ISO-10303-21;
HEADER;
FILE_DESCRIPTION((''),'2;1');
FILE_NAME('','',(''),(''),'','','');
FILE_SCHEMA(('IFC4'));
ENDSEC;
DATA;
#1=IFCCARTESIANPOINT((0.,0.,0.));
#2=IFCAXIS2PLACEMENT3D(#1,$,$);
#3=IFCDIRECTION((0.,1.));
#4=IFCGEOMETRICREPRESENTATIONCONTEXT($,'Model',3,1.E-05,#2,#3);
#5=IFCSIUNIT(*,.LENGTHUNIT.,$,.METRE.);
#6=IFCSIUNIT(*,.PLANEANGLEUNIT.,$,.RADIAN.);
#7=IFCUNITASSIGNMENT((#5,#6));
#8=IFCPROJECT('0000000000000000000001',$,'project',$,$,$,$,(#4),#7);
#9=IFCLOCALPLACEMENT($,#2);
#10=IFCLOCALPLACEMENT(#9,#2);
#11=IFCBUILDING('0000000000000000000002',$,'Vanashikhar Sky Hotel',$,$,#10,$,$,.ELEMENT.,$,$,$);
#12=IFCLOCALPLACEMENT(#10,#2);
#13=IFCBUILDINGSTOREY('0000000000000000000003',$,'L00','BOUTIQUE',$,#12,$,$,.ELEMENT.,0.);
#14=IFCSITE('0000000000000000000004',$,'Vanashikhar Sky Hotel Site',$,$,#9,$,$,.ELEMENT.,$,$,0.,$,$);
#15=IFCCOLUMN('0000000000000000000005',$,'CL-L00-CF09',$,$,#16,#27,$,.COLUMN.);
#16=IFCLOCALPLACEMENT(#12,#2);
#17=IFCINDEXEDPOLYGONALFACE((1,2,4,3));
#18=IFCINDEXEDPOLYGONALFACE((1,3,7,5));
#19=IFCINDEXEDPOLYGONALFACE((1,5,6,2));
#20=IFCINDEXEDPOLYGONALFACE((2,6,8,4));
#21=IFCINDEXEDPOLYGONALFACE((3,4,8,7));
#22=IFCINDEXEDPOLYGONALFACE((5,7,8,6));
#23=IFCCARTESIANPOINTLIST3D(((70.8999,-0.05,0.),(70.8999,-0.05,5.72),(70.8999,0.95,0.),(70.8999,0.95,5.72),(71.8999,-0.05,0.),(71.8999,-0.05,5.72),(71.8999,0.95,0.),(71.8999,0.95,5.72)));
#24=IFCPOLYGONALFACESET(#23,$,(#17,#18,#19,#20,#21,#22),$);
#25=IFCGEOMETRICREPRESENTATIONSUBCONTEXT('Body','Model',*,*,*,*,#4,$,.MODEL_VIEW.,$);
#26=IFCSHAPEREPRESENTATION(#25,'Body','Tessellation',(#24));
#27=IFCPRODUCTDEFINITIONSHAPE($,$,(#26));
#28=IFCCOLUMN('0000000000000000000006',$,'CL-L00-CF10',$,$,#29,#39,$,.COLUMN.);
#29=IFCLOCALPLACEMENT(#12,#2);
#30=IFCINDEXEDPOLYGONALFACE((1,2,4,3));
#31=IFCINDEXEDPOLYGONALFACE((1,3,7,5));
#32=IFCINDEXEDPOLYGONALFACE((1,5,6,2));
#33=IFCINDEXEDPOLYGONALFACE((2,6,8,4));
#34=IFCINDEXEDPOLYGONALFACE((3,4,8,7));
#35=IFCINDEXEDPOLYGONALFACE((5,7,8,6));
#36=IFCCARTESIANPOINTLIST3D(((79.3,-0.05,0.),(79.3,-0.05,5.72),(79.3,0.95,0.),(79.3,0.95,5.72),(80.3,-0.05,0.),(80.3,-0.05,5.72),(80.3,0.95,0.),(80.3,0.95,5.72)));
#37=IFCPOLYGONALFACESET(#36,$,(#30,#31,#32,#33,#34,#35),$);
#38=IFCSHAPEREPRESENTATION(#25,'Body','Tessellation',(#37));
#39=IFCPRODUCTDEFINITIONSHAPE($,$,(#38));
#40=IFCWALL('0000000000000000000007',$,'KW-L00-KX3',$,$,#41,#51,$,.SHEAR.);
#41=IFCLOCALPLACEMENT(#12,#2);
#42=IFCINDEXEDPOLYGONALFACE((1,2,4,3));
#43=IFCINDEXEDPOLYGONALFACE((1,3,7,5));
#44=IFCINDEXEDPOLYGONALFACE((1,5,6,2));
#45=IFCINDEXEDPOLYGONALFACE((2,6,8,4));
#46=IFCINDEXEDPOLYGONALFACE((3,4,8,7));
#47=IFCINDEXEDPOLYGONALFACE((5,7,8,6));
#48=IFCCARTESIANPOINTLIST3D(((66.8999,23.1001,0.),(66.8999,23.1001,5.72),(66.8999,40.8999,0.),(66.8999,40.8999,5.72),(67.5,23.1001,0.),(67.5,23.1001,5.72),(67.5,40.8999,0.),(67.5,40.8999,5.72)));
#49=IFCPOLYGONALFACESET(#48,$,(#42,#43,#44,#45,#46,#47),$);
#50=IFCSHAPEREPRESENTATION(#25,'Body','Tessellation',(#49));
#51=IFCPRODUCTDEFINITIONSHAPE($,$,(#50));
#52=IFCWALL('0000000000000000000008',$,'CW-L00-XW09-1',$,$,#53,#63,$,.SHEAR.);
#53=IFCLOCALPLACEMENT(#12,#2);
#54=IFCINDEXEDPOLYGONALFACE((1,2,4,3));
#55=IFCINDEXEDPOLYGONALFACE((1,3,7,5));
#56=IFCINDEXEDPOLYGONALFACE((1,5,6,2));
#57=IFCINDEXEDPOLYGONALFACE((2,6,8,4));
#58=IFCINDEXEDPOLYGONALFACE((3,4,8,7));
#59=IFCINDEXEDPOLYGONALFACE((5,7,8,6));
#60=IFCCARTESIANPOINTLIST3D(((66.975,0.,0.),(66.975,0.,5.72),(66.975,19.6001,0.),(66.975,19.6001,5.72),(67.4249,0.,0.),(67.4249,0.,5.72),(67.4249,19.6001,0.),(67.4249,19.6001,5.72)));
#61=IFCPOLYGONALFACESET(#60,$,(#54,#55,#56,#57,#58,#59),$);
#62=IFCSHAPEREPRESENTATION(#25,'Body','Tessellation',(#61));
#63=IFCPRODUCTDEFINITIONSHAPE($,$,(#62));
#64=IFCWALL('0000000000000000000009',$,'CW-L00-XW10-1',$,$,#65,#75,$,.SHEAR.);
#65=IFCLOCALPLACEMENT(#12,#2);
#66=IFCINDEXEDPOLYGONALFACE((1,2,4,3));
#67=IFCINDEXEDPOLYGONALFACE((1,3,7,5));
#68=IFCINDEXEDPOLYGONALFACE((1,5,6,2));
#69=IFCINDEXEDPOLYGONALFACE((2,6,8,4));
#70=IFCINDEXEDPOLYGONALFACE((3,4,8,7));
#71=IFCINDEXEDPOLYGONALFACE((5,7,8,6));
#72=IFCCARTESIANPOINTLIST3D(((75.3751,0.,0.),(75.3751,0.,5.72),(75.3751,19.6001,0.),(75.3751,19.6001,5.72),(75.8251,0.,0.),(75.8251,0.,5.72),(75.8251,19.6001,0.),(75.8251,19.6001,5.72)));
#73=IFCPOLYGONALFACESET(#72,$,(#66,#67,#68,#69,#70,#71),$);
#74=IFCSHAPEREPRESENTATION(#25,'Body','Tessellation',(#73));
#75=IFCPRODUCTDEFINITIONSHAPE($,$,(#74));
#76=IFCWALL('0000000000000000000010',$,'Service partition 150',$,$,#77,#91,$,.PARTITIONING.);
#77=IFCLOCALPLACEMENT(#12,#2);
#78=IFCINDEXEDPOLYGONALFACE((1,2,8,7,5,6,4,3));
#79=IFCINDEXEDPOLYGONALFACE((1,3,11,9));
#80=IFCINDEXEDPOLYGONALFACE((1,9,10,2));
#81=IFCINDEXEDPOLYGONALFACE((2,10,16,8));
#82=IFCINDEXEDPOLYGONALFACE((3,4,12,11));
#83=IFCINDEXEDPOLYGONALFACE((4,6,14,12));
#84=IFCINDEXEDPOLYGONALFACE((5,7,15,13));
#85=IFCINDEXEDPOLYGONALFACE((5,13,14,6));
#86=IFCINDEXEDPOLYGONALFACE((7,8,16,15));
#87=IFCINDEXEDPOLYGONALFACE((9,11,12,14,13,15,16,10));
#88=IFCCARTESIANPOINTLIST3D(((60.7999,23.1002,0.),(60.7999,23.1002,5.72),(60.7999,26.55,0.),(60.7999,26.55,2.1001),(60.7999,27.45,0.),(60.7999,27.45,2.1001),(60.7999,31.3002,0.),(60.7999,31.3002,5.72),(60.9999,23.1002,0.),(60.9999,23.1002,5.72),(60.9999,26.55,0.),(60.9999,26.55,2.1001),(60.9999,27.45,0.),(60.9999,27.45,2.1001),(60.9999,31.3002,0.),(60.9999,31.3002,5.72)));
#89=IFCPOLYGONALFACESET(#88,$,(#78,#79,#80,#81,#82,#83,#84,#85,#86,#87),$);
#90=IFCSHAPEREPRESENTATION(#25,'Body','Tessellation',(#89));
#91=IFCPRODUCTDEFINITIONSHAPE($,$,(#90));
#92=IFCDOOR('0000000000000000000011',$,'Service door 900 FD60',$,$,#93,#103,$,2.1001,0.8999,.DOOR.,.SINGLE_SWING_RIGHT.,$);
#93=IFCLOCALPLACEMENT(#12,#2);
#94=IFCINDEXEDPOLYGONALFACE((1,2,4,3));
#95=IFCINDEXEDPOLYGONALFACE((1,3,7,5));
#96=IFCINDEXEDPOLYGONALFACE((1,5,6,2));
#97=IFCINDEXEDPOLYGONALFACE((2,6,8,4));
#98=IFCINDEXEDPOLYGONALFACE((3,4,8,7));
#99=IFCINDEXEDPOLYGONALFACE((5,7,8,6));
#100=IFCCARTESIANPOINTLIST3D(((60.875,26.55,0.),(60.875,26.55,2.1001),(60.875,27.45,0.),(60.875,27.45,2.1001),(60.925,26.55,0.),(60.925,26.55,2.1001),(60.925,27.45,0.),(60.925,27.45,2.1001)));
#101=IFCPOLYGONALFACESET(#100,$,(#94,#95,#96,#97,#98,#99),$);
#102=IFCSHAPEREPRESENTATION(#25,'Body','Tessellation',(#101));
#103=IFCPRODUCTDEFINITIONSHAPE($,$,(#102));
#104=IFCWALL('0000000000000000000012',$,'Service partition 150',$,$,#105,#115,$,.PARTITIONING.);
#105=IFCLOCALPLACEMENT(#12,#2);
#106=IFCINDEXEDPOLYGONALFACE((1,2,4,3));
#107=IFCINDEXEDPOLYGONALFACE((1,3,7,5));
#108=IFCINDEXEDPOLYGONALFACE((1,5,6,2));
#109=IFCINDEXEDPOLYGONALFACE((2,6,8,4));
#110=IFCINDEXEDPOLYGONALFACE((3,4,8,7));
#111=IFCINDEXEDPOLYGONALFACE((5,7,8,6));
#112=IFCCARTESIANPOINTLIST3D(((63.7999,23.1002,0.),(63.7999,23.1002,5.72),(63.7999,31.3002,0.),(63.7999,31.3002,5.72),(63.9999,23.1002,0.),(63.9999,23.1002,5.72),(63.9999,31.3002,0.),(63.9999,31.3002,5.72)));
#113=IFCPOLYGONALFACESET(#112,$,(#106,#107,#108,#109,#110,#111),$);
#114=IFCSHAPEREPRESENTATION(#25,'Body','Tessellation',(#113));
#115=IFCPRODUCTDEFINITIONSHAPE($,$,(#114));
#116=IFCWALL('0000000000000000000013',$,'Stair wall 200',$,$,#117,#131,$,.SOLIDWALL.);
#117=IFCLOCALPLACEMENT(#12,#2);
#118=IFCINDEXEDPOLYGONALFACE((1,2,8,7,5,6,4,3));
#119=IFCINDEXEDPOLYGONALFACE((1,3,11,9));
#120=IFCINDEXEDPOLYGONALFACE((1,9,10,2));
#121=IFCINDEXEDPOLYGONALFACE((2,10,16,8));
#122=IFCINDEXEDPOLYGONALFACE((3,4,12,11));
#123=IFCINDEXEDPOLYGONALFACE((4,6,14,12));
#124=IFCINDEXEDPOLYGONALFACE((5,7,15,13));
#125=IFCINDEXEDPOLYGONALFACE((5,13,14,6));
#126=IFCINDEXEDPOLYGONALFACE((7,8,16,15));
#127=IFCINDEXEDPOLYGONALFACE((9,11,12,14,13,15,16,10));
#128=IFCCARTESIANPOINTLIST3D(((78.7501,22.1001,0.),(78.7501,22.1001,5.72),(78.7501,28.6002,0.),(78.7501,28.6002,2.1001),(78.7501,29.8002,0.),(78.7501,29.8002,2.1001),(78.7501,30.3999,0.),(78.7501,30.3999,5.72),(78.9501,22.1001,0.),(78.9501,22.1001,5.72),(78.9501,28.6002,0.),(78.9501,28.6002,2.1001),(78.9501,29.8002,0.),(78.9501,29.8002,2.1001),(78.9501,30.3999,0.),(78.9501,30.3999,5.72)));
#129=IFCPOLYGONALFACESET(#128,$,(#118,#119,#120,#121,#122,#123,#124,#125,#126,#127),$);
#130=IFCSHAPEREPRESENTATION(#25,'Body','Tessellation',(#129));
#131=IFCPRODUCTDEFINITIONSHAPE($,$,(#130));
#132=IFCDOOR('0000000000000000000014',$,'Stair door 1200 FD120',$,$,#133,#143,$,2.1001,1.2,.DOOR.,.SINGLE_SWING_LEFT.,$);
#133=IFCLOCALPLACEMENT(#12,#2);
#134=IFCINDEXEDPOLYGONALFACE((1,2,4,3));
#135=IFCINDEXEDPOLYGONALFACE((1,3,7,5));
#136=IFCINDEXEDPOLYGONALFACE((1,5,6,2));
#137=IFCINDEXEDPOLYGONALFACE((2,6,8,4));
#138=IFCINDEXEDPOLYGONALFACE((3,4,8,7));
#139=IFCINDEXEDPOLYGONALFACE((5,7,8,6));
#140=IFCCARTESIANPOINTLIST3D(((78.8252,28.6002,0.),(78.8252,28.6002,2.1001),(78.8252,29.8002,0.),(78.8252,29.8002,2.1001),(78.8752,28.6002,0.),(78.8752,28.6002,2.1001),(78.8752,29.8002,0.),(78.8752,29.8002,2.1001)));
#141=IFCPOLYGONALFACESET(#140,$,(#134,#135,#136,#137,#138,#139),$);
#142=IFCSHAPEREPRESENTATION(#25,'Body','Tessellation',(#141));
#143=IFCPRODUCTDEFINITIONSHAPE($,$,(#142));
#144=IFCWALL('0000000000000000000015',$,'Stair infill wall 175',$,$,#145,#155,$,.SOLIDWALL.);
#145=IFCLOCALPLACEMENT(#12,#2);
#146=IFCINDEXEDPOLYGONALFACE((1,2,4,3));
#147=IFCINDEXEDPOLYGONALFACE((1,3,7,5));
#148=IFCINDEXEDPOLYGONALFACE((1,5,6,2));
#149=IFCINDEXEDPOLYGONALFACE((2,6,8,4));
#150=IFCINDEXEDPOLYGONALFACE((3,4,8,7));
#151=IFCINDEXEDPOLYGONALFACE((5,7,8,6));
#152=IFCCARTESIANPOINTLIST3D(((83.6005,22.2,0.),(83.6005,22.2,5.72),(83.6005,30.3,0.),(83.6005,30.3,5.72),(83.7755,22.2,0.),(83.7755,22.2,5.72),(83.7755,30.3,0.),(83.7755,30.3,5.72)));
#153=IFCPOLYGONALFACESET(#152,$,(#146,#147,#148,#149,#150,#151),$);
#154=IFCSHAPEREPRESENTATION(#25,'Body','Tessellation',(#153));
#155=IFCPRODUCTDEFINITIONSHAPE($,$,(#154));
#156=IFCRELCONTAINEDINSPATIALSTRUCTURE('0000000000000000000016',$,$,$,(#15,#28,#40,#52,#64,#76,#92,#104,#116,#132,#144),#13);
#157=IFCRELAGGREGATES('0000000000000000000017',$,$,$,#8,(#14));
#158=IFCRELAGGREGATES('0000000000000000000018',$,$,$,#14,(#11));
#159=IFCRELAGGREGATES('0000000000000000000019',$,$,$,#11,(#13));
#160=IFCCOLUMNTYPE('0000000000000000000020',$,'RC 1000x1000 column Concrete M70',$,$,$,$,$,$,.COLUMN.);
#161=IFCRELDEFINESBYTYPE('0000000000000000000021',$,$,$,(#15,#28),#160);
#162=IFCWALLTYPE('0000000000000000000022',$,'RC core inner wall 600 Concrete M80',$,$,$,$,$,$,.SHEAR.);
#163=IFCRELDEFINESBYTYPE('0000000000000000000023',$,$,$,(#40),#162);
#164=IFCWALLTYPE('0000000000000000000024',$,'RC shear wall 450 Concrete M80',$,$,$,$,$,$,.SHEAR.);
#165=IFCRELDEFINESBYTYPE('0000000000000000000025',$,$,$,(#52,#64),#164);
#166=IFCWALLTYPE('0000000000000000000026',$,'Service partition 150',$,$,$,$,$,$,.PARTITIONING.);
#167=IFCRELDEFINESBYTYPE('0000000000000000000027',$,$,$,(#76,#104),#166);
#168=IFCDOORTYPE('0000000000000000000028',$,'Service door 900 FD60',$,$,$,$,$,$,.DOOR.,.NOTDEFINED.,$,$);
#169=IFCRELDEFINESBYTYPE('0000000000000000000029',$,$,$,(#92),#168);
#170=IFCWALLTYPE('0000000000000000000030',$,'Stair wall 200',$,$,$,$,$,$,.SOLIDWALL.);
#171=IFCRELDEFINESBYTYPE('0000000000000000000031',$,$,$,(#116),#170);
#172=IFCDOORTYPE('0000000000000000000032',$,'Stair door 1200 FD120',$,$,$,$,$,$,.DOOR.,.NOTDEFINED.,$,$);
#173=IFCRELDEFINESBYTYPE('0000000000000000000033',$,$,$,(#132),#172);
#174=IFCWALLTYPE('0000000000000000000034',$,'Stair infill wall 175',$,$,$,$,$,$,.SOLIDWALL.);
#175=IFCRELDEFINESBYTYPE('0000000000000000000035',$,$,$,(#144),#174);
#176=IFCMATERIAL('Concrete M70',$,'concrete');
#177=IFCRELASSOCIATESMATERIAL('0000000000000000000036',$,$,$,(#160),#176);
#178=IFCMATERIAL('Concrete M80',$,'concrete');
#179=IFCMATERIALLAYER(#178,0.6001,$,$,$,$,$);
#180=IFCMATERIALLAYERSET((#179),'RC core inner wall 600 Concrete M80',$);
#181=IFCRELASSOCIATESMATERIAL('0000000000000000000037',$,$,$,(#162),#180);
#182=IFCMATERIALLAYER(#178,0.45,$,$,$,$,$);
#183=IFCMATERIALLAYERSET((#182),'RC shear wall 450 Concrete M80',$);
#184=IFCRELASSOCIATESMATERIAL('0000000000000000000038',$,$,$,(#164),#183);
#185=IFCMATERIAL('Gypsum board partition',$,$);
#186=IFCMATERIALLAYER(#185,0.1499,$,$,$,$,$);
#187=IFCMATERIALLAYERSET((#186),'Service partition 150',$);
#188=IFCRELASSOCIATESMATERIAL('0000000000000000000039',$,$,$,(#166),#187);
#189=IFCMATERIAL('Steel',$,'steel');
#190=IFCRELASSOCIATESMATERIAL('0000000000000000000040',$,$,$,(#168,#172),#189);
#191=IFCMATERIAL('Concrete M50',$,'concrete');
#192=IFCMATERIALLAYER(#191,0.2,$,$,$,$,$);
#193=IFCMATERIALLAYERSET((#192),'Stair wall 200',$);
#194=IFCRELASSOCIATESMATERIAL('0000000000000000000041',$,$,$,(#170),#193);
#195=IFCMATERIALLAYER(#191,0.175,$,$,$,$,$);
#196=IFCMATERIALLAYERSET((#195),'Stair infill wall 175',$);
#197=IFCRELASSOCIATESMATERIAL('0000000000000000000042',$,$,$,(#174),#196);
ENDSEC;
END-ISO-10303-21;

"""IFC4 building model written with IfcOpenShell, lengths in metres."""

from ifc_helpers import new_model, si_unit, direction, frame, frame_2d, origin, origin_2d, place, context, subcontext, project, spatial, rectangle, extrude, source, transform, mapped, material, layer, layer_set, material_profile, profile_set, type_object, element, fill, save


model = new_model("IFC4")

# Units and contexts
model_context = context("Model", 3, precision=1e-05, world=origin(), true_north=direction((0.0, 1.0)))
body_context = subcontext(model_context, "Body", "Model", "MODEL_VIEW")
ifc_project = project(units=[si_unit("LENGTHUNIT", "METRE"), si_unit("PLANEANGLEUNIT", "RADIAN")], contexts=[model_context])

# Site, building, storey
site_placement = place(None, origin())
site = spatial("IfcSite", under=ifc_project, at=site_placement, Name="Vanashikhar Sky Hotel Site", CompositionType="ELEMENT", RefElevation=0.0)
building_placement = place(site_placement, origin())
building = spatial("IfcBuilding", under=site, at=building_placement, Name="Vanashikhar Sky Hotel", CompositionType="ELEMENT")
storey_placement = place(building_placement, origin())
storey = spatial("IfcBuildingStorey", under=building, at=storey_placement, Name="L00", Description="BOUTIQUE", CompositionType="ELEMENT", Elevation=0.0)

# Columns
ifc_material_1 = material(Name="Concrete M70", Category="concrete")
ifc_material_profile = material_profile(ifc_material_1, rectangle(XDim=1.0, YDim=1.0, at=origin_2d()))
ifc_profile_set = profile_set([ifc_material_profile], Name="RC 1000x1000 column Concrete M70")
column_type = type_object("IfcColumnType", Name="RC 1000x1000 column Concrete M70", PredefinedType="COLUMN", material=ifc_profile_set)
shared_shape_1 = source(origin(), body_context, "Body", "SweptSolid", [
    extrude(rectangle(XDim=1.0, YDim=1.0, at=origin_2d()), origin(), (0.0, 0.0, 1.0), 5.72),
])
for number, where, z_axis, x_axis, name in (
    (1, (71.3999, 0.45, 0.0), (0.0, 0.0, 1.0), (1.0, 0.0, 0.0), "CL-L00-CF09"),
    (2, (79.8, 0.45, 0.0), (0.0, 0.0, 1.0), (1.0, 0.0, 0.0), "CL-L00-CF10"),
):
    element("IfcColumn", number, at=place(storey_placement, frame(where, z_axis=z_axis, x_axis=x_axis)), inside=storey, type_object=column_type, Name=name, PredefinedType="COLUMN", context=body_context, shape_type="MappedRepresentation", body=[
        mapped(shared_shape_1, transform((0.0, 0.0, 0.0), scale=1.0)),
    ])

# Walls
ifc_material_2 = material(Name="Concrete M80", Category="concrete")
ifc_layer_1 = layer(ifc_material_2, 0.6001)
ifc_layer_set_1 = layer_set([ifc_layer_1], Name="RC core inner wall 600 Concrete M80")
wall_type_1 = type_object("IfcWallType", Name="RC core inner wall 600 Concrete M80", PredefinedType="SHEAR", material=ifc_layer_set_1)
shared_shape_2 = source(origin(), body_context, "Body", "SweptSolid", [
    extrude(rectangle(XDim=17.7998, YDim=0.6001, at=frame_2d((8.8999, 0.0))), origin(), (0.0, 0.0, 1.0), 5.72),
])
wall_1_placement = place(storey_placement, frame((67.2, 23.1001, 0.0), z_axis=(0.0, 0.0, 1.0), x_axis=(0.0, 1.0, 0.0)))
element("IfcWall", 3, at=wall_1_placement, inside=storey, type_object=wall_type_1, Name="KW-L00-KX3", PredefinedType="SHEAR", context=body_context, shape_type="MappedRepresentation", body=[
    mapped(shared_shape_2, transform((0.0, 0.0, 0.0), scale=1.0)),
])
ifc_layer_2 = layer(ifc_material_2, 0.45)
ifc_layer_set_2 = layer_set([ifc_layer_2], Name="RC shear wall 450 Concrete M80")
wall_type_2 = type_object("IfcWallType", Name="RC shear wall 450 Concrete M80", PredefinedType="SHEAR", material=ifc_layer_set_2)
shared_shape_3 = source(origin(), body_context, "Body", "SweptSolid", [
    extrude(rectangle(XDim=19.6001, YDim=0.45, at=frame_2d((9.8, 0.0))), origin(), (0.0, 0.0, 1.0), 5.72),
])
for number, where, z_axis, x_axis, name in (
    (4, (67.2, 0.0, 0.0), (0.0, 0.0, 1.0), (0.0, 1.0, 0.0), "CW-L00-XW09-1"),
    (5, (75.6001, 0.0, 0.0), (0.0, 0.0, 1.0), (0.0, 1.0, 0.0), "CW-L00-XW10-1"),
):
    element("IfcWall", number, at=place(storey_placement, frame(where, z_axis=z_axis, x_axis=x_axis)), inside=storey, type_object=wall_type_2, Name=name, PredefinedType="SHEAR", context=body_context, shape_type="MappedRepresentation", body=[
        mapped(shared_shape_3, transform((0.0, 0.0, 0.0), scale=1.0)),
    ])

# Wall, opening, door
ifc_material_3 = material(Name="Gypsum board partition")
ifc_layer_3 = layer(ifc_material_3, 0.1499)
ifc_layer_set_3 = layer_set([ifc_layer_3], Name="Service partition 150")
wall_type_3 = type_object("IfcWallType", Name="Service partition 150", PredefinedType="PARTITIONING", material=ifc_layer_set_3)
shared_shape_4 = source(origin(), body_context, "Body", "SweptSolid", [
    extrude(rectangle(XDim=8.2, YDim=0.2, at=frame_2d((4.1001, 0.0))), origin(), (0.0, 0.0, 1.0), 5.72),
])
wall_2_placement = place(storey_placement, frame((60.8999, 23.1001, 0.0), z_axis=(0.0, 0.0, 1.0), x_axis=(0.0, 1.0, 0.0)))
wall_2 = element("IfcWall", 6, at=wall_2_placement, inside=storey, type_object=wall_type_3, Name="Service partition 150", PredefinedType="PARTITIONING", context=body_context, shape_type="MappedRepresentation", body=[
    mapped(shared_shape_4, transform((0.0, 0.0, 0.0), scale=1.0)),
])
shared_shape_5 = source(origin(), body_context, "Body", "SweptSolid", [
    extrude(rectangle(XDim=0.8999, YDim=2.1001, at=frame_2d((0.45, 1.05))), frame((0.0, 0.1099, 0.0), z_axis=(0.0, -1.0, 0.0), x_axis=(1.0, 0.0, 0.0)), (0.0, 0.0, 1.0), 0.22),
])
opening_1_placement = place(wall_2_placement, frame((3.45, 0.0, 0.0)))
opening_1 = element("IfcOpeningElement", 7, at=opening_1_placement, cuts=wall_2, PredefinedType="OPENING", context=body_context, shape_type="MappedRepresentation", body=[
    mapped(shared_shape_5, transform((0.0, 0.0, 0.0), scale=1.0)),
])
ifc_material_4 = material(Name="Steel", Category="steel")
door_type_1 = type_object("IfcDoorType", Name="Service door 900 FD60", OperationType="NOTDEFINED", PredefinedType="DOOR", material=ifc_material_4)
shared_shape_6 = source(origin(), body_context, "Body", "SweptSolid", [
    extrude(rectangle(XDim=0.8999, YDim=2.1001, at=frame_2d((0.45, 1.05))), frame((0.0, 0.0249, 0.0), z_axis=(0.0, -1.0, 0.0), x_axis=(1.0, 0.0, 0.0)), (0.0, 0.0, 1.0), 0.05),
])
door_1_placement = place(opening_1_placement, origin())
door_1 = element("IfcDoor", 8, at=door_1_placement, inside=storey, type_object=door_type_1, Name="Service door 900 FD60", OperationType="SINGLE_SWING_RIGHT", OverallHeight=2.1001, OverallWidth=0.8999, PredefinedType="DOOR", context=body_context, shape_type="MappedRepresentation", body=[
    mapped(shared_shape_6, transform((0.0, 0.0, 0.0), scale=1.0)),
])
fill(opening_1, door_1)

# Wall
wall_3_placement = place(storey_placement, frame((63.8999, 23.1001, 0.0), z_axis=(0.0, 0.0, 1.0), x_axis=(0.0, 1.0, 0.0)))
element("IfcWall", 9, at=wall_3_placement, inside=storey, type_object=wall_type_3, Name="Service partition 150", PredefinedType="PARTITIONING", context=body_context, shape_type="MappedRepresentation", body=[
    mapped(shared_shape_4, transform((0.0, 0.0, 0.0), scale=1.0)),
])

# Wall, opening, door
ifc_material_5 = material(Name="Concrete M50", Category="concrete")
ifc_layer_4 = layer(ifc_material_5, 0.2)
ifc_layer_set_4 = layer_set([ifc_layer_4], Name="Stair wall 200")
wall_type_4 = type_object("IfcWallType", Name="Stair wall 200", PredefinedType="SOLIDWALL", material=ifc_layer_set_4)
shared_shape_7 = source(origin(), body_context, "Body", "SweptSolid", [
    extrude(rectangle(XDim=8.2998, YDim=0.2, at=frame_2d((4.1499, 0.0))), origin(), (0.0, 0.0, 1.0), 5.72),
])
wall_4_placement = place(storey_placement, frame((78.8501, 22.1001, 0.0), z_axis=(0.0, 0.0, 1.0), x_axis=(0.0, 1.0, 0.0)))
wall_4 = element("IfcWall", 10, at=wall_4_placement, inside=storey, type_object=wall_type_4, Name="Stair wall 200", PredefinedType="SOLIDWALL", context=body_context, shape_type="MappedRepresentation", body=[
    mapped(shared_shape_7, transform((0.0, 0.0, 0.0), scale=1.0)),
])
shared_shape_8 = source(origin(), body_context, "Body", "SweptSolid", [
    extrude(rectangle(XDim=1.2, YDim=2.1001, at=frame_2d((0.6001, 1.05))), frame((0.0, 0.1099, 0.0), z_axis=(0.0, -1.0, 0.0), x_axis=(1.0, 0.0, 0.0)), (0.0, 0.0, 1.0), 0.22),
])
opening_2_placement = place(wall_4_placement, frame((6.5, 0.0, 0.0)))
opening_2 = element("IfcOpeningElement", 11, at=opening_2_placement, cuts=wall_4, PredefinedType="OPENING", context=body_context, shape_type="MappedRepresentation", body=[
    mapped(shared_shape_8, transform((0.0, 0.0, 0.0), scale=1.0)),
])
door_type_2 = type_object("IfcDoorType", Name="Stair door 1200 FD120", OperationType="NOTDEFINED", PredefinedType="DOOR", material=ifc_material_4)
shared_shape_9 = source(origin(), body_context, "Body", "SweptSolid", [
    extrude(rectangle(XDim=1.2, YDim=2.1001, at=frame_2d((0.6001, 1.05))), frame((0.0, 0.0249, 0.0), z_axis=(0.0, -1.0, 0.0), x_axis=(1.0, 0.0, 0.0)), (0.0, 0.0, 1.0), 0.05),
])
door_2_placement = place(opening_2_placement, origin())
door_2 = element("IfcDoor", 12, at=door_2_placement, inside=storey, type_object=door_type_2, Name="Stair door 1200 FD120", OperationType="SINGLE_SWING_LEFT", OverallHeight=2.1001, OverallWidth=1.2, PredefinedType="DOOR", context=body_context, shape_type="MappedRepresentation", body=[
    mapped(shared_shape_9, transform((0.0, 0.0, 0.0), scale=1.0)),
])
fill(opening_2, door_2)

# Wall
ifc_layer_5 = layer(ifc_material_5, 0.175)
ifc_layer_set_5 = layer_set([ifc_layer_5], Name="Stair infill wall 175")
wall_type_5 = type_object("IfcWallType", Name="Stair infill wall 175", PredefinedType="SOLIDWALL", material=ifc_layer_set_5)
shared_shape_10 = source(origin(), body_context, "Body", "SweptSolid", [
    extrude(rectangle(XDim=8.1001, YDim=0.175, at=frame_2d((4.05, 0.0))), origin(), (0.0, 0.0, 1.0), 5.72),
])
wall_5_placement = place(storey_placement, frame((83.688, 22.2, 0.0), z_axis=(0.0, 0.0, 1.0), x_axis=(0.0, 1.0, 0.0)))
element("IfcWall", 13, at=wall_5_placement, inside=storey, type_object=wall_type_5, Name="Stair infill wall 175", PredefinedType="SOLIDWALL", context=body_context, shape_type="MappedRepresentation", body=[
    mapped(shared_shape_10, transform((0.0, 0.0, 0.0), scale=1.0)),
])

save(model, "model.ifc")
